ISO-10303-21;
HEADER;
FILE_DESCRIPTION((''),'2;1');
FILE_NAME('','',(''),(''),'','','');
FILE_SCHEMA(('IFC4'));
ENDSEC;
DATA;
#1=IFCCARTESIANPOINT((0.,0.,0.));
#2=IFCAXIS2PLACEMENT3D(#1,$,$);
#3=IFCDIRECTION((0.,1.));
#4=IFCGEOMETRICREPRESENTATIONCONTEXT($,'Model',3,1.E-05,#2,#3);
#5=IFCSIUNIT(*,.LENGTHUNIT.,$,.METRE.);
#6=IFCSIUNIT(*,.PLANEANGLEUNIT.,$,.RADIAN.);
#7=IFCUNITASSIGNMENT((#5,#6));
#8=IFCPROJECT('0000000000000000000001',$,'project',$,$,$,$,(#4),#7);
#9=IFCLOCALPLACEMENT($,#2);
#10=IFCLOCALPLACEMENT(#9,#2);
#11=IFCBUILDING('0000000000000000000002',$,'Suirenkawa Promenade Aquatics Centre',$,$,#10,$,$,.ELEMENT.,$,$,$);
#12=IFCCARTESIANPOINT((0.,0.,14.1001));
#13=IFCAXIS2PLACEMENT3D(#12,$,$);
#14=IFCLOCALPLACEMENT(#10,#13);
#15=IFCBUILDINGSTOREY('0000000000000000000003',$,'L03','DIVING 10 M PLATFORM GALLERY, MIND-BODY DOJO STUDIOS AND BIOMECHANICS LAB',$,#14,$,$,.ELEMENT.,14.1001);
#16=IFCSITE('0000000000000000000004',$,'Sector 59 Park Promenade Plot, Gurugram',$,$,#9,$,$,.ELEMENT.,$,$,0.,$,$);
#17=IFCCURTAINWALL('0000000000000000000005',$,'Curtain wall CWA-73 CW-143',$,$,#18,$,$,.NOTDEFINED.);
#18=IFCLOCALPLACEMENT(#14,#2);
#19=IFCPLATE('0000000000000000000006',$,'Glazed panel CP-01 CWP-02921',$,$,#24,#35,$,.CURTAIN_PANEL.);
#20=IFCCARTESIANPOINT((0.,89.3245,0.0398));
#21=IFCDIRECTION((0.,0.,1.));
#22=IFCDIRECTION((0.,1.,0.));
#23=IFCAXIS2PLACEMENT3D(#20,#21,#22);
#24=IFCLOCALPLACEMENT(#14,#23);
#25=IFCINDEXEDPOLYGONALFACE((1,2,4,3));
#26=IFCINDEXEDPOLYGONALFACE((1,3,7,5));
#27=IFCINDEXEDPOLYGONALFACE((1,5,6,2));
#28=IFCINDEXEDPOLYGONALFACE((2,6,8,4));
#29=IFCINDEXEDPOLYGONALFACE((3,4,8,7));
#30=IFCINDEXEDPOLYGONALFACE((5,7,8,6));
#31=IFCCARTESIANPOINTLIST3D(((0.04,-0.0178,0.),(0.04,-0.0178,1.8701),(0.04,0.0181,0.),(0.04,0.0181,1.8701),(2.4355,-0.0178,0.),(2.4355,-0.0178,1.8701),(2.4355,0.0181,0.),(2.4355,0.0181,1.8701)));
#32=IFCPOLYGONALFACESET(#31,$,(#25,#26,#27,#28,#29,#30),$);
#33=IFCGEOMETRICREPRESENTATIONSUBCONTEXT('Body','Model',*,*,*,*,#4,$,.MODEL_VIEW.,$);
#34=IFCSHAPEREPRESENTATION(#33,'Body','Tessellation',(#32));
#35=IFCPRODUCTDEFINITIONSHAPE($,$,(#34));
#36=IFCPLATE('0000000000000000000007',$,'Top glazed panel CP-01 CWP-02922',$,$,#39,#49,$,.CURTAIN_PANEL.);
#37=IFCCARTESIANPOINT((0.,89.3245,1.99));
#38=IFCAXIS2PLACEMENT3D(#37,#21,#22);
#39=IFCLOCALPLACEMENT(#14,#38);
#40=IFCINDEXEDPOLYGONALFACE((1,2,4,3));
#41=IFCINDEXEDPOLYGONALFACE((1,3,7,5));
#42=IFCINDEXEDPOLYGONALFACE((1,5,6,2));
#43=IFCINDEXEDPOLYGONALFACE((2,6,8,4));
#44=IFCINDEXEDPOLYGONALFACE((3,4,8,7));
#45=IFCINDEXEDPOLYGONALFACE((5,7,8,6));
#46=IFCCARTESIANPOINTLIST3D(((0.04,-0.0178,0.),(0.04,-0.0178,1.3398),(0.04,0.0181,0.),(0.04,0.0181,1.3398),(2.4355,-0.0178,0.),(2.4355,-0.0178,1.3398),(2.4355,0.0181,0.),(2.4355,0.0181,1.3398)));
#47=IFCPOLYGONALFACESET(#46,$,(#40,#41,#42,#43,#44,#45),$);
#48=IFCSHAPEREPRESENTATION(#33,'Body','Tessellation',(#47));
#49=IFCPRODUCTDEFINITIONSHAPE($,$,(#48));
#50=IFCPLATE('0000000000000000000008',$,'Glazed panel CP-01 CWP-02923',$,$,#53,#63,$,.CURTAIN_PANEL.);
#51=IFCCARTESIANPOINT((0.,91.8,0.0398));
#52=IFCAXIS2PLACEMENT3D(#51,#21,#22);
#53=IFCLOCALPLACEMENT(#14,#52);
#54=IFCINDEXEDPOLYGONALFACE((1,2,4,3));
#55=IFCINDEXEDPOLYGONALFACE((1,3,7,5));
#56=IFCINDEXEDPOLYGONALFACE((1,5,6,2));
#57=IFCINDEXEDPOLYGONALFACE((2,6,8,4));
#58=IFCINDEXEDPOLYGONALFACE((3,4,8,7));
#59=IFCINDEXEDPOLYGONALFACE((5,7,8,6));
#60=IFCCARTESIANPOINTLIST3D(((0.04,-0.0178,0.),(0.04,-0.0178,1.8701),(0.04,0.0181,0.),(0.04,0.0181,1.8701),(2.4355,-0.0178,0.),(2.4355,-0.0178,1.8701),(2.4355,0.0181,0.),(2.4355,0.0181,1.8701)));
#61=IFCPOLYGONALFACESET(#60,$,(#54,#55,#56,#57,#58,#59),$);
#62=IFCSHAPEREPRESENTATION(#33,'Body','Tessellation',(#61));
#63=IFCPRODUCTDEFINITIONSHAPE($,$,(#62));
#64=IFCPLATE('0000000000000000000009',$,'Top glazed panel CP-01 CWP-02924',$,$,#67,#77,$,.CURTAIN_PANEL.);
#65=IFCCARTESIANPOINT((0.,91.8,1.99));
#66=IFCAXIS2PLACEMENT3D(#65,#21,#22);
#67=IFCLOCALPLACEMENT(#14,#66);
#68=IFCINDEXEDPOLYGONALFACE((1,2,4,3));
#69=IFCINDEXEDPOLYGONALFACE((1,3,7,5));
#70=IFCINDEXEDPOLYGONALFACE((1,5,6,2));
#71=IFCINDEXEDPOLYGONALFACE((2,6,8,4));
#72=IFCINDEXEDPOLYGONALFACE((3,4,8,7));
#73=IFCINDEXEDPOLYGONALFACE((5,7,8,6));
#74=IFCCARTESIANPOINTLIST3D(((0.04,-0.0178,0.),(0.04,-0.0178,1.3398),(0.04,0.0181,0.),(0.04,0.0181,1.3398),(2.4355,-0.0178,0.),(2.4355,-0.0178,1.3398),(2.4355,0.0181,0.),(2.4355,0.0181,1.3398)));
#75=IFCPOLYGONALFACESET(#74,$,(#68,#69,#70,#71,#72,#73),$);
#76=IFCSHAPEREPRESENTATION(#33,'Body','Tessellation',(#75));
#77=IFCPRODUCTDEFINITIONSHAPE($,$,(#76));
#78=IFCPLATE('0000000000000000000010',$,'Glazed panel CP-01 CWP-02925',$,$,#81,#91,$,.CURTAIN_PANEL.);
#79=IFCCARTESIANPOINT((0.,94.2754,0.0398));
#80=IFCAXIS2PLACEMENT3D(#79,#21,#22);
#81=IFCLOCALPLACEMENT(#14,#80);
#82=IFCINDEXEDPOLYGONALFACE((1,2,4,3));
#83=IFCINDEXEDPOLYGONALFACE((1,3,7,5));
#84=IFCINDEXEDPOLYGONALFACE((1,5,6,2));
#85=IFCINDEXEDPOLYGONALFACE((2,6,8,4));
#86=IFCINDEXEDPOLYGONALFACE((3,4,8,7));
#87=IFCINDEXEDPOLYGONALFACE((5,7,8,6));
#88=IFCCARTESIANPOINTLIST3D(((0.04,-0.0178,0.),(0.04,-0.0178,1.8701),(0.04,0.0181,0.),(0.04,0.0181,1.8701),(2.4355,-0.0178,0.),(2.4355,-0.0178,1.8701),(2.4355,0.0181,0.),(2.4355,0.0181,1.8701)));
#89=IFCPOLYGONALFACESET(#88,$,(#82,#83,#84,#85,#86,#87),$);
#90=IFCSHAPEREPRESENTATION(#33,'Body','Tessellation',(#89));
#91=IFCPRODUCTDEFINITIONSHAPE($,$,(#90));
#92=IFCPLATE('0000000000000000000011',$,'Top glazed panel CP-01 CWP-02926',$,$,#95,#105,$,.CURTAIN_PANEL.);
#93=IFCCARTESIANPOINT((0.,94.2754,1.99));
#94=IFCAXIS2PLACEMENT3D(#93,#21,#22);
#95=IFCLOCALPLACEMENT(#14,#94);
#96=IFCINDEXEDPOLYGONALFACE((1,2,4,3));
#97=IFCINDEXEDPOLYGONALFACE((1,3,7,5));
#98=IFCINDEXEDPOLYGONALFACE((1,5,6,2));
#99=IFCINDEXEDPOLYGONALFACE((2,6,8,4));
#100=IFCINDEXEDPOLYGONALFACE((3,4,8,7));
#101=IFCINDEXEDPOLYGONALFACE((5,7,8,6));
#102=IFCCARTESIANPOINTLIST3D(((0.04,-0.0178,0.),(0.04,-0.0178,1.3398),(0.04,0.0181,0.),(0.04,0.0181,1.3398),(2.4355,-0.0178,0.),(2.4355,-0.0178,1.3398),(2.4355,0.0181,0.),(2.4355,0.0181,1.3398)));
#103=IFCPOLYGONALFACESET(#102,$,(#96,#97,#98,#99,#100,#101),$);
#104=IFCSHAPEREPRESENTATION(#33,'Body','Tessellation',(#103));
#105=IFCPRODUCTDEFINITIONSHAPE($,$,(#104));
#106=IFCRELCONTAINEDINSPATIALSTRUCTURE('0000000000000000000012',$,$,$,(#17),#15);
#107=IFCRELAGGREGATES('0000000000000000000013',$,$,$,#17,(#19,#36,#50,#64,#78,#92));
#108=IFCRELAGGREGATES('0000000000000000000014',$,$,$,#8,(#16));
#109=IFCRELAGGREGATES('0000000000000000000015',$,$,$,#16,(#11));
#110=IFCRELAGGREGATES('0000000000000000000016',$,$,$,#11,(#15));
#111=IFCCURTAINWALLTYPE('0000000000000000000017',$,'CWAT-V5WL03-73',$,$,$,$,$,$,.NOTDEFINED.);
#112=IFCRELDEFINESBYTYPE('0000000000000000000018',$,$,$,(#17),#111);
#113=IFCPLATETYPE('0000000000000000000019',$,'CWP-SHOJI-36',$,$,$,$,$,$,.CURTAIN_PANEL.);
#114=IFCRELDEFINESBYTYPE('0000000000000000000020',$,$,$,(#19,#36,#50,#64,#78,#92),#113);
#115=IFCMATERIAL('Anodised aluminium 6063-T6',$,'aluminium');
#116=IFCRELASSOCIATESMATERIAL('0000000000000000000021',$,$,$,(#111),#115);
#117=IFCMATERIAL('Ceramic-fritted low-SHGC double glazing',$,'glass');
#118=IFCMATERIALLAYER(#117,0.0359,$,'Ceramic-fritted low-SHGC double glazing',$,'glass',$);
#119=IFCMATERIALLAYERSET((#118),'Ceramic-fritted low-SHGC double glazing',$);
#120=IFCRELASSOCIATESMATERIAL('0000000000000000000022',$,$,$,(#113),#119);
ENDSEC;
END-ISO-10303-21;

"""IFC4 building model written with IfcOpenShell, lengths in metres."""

from ifc_helpers import new_model, si_unit, direction, frame, origin, place, context, subcontext, project, spatial, polyline, outline, extrude, material, layer, layer_set, type_object, element, aggregate, save


model = new_model("IFC4")

# Units and contexts
model_context = context("Model", 3, precision=1e-05, world=origin(), true_north=direction((0.0, 1.0)))
body_context = subcontext(model_context, "Body", "Model", "MODEL_VIEW")
ifc_project = project(units=[si_unit("LENGTHUNIT", "METRE"), si_unit("PLANEANGLEUNIT", "RADIAN")], contexts=[model_context])

# Site, building, storey
site_placement = place(None, origin())
site = spatial("IfcSite", under=ifc_project, at=site_placement, Name="Sector 59 Park Promenade Plot, Gurugram", CompositionType="ELEMENT", RefElevation=0.0)
building_placement = place(site_placement, origin())
building = spatial("IfcBuilding", under=site, at=building_placement, Name="Suirenkawa Promenade Aquatics Centre", CompositionType="ELEMENT")
storey_placement = place(building_placement, frame((0.0, 0.0, 14.1001)))
storey = spatial("IfcBuildingStorey", under=building, at=storey_placement, Name="L03", Description="DIVING 10 M PLATFORM GALLERY, MIND-BODY DOJO STUDIOS AND BIOMECHANICS LAB", CompositionType="ELEMENT", Elevation=14.1001)

# Curtain wall, plates
ifc_material_1 = material(Name="Anodised aluminium 6063-T6", Category="aluminium")
curtain_wall_type = type_object("IfcCurtainWallType", Name="CWAT-V5WL03-73", PredefinedType="NOTDEFINED", material=ifc_material_1)
curtain_wall_placement = place(storey_placement, origin())
curtain_wall = element("IfcCurtainWall", 1, at=curtain_wall_placement, inside=storey, type_object=curtain_wall_type, Name="Curtain wall CWA-73 CW-143", PredefinedType="NOTDEFINED")
ifc_material_2 = material(Name="Ceramic-fritted low-SHGC double glazing", Category="glass")
ifc_layer_1 = layer(ifc_material_2, 0.0359, Name="Ceramic-fritted low-SHGC double glazing", Category="glass")
ifc_layer_set_1 = layer_set([ifc_layer_1], Name="Ceramic-fritted low-SHGC double glazing")
plate_type = type_object("IfcPlateType", Name="CWP-SHOJI-36", PredefinedType="CURTAIN_PANEL", material=ifc_layer_set_1)
plate_1_placement = place(storey_placement, frame((0.0, 89.3245, 0.0398), z_axis=(0.0, 0.0, 1.0), x_axis=(0.0, 1.0, 0.0)))
plate_1 = element("IfcPlate", 2, at=plate_1_placement, type_object=plate_type, Name="Glazed panel CP-01 CWP-02921", PredefinedType="CURTAIN_PANEL", context=body_context, shape_type="SweptSolid", body=[
    extrude(outline(polyline([(0.04, 0.0), (2.4355, 0.0), (2.4355, 1.8701), (0.04, 1.8701), (0.04, 0.0)])), frame((0.0, 0.0181, 0.0), z_axis=(0.0, -1.0, 0.0), x_axis=(1.0, 0.0, 0.0)), (0.0, 0.0, 1.0), 0.0359),
])
plate_2_placement = place(storey_placement, frame((0.0, 89.3245, 1.99), z_axis=(0.0, 0.0, 1.0), x_axis=(0.0, 1.0, 0.0)))
plate_2 = element("IfcPlate", 3, at=plate_2_placement, type_object=plate_type, Name="Top glazed panel CP-01 CWP-02922", PredefinedType="CURTAIN_PANEL", context=body_context, shape_type="SweptSolid", body=[
    extrude(outline(polyline([(0.04, 0.0), (2.4355, 0.0), (2.4355, 1.3398), (0.04, 1.3398), (0.04, 0.0)])), frame((0.0, 0.0181, 0.0), z_axis=(0.0, -1.0, 0.0), x_axis=(1.0, 0.0, 0.0)), (0.0, 0.0, 1.0), 0.0359),
])
plate_3_placement = place(storey_placement, frame((0.0, 91.8, 0.0398), z_axis=(0.0, 0.0, 1.0), x_axis=(0.0, 1.0, 0.0)))
plate_3 = element("IfcPlate", 4, at=plate_3_placement, type_object=plate_type, Name="Glazed panel CP-01 CWP-02923", PredefinedType="CURTAIN_PANEL", context=body_context, shape_type="SweptSolid", body=[
    extrude(outline(polyline([(0.04, 0.0), (2.4355, 0.0), (2.4355, 1.8701), (0.04, 1.8701), (0.04, 0.0)])), frame((0.0, 0.0181, 0.0), z_axis=(0.0, -1.0, 0.0), x_axis=(1.0, 0.0, 0.0)), (0.0, 0.0, 1.0), 0.0359),
])
plate_4_placement = place(storey_placement, frame((0.0, 91.8, 1.99), z_axis=(0.0, 0.0, 1.0), x_axis=(0.0, 1.0, 0.0)))
plate_4 = element("IfcPlate", 5, at=plate_4_placement, type_object=plate_type, Name="Top glazed panel CP-01 CWP-02924", PredefinedType="CURTAIN_PANEL", context=body_context, shape_type="SweptSolid", body=[
    extrude(outline(polyline([(0.04, 0.0), (2.4355, 0.0), (2.4355, 1.3398), (0.04, 1.3398), (0.04, 0.0)])), frame((0.0, 0.0181, 0.0), z_axis=(0.0, -1.0, 0.0), x_axis=(1.0, 0.0, 0.0)), (0.0, 0.0, 1.0), 0.0359),
])
plate_5_placement = place(storey_placement, frame((0.0, 94.2754, 0.0398), z_axis=(0.0, 0.0, 1.0), x_axis=(0.0, 1.0, 0.0)))
plate_5 = element("IfcPlate", 6, at=plate_5_placement, type_object=plate_type, Name="Glazed panel CP-01 CWP-02925", PredefinedType="CURTAIN_PANEL", context=body_context, shape_type="SweptSolid", body=[
    extrude(outline(polyline([(0.04, 0.0), (2.4355, 0.0), (2.4355, 1.8701), (0.04, 1.8701), (0.04, 0.0)])), frame((0.0, 0.0181, 0.0), z_axis=(0.0, -1.0, 0.0), x_axis=(1.0, 0.0, 0.0)), (0.0, 0.0, 1.0), 0.0359),
])
plate_6_placement = place(storey_placement, frame((0.0, 94.2754, 1.99), z_axis=(0.0, 0.0, 1.0), x_axis=(0.0, 1.0, 0.0)))
plate_6 = element("IfcPlate", 7, at=plate_6_placement, type_object=plate_type, Name="Top glazed panel CP-01 CWP-02926", PredefinedType="CURTAIN_PANEL", context=body_context, shape_type="SweptSolid", body=[
    extrude(outline(polyline([(0.04, 0.0), (2.4355, 0.0), (2.4355, 1.3398), (0.04, 1.3398), (0.04, 0.0)])), frame((0.0, 0.0181, 0.0), z_axis=(0.0, -1.0, 0.0), x_axis=(1.0, 0.0, 0.0)), (0.0, 0.0, 1.0), 0.0359),
])
aggregate(curtain_wall, [plate_1, plate_2, plate_3, plate_4, plate_5, plate_6])

save(model, "model.ifc")
